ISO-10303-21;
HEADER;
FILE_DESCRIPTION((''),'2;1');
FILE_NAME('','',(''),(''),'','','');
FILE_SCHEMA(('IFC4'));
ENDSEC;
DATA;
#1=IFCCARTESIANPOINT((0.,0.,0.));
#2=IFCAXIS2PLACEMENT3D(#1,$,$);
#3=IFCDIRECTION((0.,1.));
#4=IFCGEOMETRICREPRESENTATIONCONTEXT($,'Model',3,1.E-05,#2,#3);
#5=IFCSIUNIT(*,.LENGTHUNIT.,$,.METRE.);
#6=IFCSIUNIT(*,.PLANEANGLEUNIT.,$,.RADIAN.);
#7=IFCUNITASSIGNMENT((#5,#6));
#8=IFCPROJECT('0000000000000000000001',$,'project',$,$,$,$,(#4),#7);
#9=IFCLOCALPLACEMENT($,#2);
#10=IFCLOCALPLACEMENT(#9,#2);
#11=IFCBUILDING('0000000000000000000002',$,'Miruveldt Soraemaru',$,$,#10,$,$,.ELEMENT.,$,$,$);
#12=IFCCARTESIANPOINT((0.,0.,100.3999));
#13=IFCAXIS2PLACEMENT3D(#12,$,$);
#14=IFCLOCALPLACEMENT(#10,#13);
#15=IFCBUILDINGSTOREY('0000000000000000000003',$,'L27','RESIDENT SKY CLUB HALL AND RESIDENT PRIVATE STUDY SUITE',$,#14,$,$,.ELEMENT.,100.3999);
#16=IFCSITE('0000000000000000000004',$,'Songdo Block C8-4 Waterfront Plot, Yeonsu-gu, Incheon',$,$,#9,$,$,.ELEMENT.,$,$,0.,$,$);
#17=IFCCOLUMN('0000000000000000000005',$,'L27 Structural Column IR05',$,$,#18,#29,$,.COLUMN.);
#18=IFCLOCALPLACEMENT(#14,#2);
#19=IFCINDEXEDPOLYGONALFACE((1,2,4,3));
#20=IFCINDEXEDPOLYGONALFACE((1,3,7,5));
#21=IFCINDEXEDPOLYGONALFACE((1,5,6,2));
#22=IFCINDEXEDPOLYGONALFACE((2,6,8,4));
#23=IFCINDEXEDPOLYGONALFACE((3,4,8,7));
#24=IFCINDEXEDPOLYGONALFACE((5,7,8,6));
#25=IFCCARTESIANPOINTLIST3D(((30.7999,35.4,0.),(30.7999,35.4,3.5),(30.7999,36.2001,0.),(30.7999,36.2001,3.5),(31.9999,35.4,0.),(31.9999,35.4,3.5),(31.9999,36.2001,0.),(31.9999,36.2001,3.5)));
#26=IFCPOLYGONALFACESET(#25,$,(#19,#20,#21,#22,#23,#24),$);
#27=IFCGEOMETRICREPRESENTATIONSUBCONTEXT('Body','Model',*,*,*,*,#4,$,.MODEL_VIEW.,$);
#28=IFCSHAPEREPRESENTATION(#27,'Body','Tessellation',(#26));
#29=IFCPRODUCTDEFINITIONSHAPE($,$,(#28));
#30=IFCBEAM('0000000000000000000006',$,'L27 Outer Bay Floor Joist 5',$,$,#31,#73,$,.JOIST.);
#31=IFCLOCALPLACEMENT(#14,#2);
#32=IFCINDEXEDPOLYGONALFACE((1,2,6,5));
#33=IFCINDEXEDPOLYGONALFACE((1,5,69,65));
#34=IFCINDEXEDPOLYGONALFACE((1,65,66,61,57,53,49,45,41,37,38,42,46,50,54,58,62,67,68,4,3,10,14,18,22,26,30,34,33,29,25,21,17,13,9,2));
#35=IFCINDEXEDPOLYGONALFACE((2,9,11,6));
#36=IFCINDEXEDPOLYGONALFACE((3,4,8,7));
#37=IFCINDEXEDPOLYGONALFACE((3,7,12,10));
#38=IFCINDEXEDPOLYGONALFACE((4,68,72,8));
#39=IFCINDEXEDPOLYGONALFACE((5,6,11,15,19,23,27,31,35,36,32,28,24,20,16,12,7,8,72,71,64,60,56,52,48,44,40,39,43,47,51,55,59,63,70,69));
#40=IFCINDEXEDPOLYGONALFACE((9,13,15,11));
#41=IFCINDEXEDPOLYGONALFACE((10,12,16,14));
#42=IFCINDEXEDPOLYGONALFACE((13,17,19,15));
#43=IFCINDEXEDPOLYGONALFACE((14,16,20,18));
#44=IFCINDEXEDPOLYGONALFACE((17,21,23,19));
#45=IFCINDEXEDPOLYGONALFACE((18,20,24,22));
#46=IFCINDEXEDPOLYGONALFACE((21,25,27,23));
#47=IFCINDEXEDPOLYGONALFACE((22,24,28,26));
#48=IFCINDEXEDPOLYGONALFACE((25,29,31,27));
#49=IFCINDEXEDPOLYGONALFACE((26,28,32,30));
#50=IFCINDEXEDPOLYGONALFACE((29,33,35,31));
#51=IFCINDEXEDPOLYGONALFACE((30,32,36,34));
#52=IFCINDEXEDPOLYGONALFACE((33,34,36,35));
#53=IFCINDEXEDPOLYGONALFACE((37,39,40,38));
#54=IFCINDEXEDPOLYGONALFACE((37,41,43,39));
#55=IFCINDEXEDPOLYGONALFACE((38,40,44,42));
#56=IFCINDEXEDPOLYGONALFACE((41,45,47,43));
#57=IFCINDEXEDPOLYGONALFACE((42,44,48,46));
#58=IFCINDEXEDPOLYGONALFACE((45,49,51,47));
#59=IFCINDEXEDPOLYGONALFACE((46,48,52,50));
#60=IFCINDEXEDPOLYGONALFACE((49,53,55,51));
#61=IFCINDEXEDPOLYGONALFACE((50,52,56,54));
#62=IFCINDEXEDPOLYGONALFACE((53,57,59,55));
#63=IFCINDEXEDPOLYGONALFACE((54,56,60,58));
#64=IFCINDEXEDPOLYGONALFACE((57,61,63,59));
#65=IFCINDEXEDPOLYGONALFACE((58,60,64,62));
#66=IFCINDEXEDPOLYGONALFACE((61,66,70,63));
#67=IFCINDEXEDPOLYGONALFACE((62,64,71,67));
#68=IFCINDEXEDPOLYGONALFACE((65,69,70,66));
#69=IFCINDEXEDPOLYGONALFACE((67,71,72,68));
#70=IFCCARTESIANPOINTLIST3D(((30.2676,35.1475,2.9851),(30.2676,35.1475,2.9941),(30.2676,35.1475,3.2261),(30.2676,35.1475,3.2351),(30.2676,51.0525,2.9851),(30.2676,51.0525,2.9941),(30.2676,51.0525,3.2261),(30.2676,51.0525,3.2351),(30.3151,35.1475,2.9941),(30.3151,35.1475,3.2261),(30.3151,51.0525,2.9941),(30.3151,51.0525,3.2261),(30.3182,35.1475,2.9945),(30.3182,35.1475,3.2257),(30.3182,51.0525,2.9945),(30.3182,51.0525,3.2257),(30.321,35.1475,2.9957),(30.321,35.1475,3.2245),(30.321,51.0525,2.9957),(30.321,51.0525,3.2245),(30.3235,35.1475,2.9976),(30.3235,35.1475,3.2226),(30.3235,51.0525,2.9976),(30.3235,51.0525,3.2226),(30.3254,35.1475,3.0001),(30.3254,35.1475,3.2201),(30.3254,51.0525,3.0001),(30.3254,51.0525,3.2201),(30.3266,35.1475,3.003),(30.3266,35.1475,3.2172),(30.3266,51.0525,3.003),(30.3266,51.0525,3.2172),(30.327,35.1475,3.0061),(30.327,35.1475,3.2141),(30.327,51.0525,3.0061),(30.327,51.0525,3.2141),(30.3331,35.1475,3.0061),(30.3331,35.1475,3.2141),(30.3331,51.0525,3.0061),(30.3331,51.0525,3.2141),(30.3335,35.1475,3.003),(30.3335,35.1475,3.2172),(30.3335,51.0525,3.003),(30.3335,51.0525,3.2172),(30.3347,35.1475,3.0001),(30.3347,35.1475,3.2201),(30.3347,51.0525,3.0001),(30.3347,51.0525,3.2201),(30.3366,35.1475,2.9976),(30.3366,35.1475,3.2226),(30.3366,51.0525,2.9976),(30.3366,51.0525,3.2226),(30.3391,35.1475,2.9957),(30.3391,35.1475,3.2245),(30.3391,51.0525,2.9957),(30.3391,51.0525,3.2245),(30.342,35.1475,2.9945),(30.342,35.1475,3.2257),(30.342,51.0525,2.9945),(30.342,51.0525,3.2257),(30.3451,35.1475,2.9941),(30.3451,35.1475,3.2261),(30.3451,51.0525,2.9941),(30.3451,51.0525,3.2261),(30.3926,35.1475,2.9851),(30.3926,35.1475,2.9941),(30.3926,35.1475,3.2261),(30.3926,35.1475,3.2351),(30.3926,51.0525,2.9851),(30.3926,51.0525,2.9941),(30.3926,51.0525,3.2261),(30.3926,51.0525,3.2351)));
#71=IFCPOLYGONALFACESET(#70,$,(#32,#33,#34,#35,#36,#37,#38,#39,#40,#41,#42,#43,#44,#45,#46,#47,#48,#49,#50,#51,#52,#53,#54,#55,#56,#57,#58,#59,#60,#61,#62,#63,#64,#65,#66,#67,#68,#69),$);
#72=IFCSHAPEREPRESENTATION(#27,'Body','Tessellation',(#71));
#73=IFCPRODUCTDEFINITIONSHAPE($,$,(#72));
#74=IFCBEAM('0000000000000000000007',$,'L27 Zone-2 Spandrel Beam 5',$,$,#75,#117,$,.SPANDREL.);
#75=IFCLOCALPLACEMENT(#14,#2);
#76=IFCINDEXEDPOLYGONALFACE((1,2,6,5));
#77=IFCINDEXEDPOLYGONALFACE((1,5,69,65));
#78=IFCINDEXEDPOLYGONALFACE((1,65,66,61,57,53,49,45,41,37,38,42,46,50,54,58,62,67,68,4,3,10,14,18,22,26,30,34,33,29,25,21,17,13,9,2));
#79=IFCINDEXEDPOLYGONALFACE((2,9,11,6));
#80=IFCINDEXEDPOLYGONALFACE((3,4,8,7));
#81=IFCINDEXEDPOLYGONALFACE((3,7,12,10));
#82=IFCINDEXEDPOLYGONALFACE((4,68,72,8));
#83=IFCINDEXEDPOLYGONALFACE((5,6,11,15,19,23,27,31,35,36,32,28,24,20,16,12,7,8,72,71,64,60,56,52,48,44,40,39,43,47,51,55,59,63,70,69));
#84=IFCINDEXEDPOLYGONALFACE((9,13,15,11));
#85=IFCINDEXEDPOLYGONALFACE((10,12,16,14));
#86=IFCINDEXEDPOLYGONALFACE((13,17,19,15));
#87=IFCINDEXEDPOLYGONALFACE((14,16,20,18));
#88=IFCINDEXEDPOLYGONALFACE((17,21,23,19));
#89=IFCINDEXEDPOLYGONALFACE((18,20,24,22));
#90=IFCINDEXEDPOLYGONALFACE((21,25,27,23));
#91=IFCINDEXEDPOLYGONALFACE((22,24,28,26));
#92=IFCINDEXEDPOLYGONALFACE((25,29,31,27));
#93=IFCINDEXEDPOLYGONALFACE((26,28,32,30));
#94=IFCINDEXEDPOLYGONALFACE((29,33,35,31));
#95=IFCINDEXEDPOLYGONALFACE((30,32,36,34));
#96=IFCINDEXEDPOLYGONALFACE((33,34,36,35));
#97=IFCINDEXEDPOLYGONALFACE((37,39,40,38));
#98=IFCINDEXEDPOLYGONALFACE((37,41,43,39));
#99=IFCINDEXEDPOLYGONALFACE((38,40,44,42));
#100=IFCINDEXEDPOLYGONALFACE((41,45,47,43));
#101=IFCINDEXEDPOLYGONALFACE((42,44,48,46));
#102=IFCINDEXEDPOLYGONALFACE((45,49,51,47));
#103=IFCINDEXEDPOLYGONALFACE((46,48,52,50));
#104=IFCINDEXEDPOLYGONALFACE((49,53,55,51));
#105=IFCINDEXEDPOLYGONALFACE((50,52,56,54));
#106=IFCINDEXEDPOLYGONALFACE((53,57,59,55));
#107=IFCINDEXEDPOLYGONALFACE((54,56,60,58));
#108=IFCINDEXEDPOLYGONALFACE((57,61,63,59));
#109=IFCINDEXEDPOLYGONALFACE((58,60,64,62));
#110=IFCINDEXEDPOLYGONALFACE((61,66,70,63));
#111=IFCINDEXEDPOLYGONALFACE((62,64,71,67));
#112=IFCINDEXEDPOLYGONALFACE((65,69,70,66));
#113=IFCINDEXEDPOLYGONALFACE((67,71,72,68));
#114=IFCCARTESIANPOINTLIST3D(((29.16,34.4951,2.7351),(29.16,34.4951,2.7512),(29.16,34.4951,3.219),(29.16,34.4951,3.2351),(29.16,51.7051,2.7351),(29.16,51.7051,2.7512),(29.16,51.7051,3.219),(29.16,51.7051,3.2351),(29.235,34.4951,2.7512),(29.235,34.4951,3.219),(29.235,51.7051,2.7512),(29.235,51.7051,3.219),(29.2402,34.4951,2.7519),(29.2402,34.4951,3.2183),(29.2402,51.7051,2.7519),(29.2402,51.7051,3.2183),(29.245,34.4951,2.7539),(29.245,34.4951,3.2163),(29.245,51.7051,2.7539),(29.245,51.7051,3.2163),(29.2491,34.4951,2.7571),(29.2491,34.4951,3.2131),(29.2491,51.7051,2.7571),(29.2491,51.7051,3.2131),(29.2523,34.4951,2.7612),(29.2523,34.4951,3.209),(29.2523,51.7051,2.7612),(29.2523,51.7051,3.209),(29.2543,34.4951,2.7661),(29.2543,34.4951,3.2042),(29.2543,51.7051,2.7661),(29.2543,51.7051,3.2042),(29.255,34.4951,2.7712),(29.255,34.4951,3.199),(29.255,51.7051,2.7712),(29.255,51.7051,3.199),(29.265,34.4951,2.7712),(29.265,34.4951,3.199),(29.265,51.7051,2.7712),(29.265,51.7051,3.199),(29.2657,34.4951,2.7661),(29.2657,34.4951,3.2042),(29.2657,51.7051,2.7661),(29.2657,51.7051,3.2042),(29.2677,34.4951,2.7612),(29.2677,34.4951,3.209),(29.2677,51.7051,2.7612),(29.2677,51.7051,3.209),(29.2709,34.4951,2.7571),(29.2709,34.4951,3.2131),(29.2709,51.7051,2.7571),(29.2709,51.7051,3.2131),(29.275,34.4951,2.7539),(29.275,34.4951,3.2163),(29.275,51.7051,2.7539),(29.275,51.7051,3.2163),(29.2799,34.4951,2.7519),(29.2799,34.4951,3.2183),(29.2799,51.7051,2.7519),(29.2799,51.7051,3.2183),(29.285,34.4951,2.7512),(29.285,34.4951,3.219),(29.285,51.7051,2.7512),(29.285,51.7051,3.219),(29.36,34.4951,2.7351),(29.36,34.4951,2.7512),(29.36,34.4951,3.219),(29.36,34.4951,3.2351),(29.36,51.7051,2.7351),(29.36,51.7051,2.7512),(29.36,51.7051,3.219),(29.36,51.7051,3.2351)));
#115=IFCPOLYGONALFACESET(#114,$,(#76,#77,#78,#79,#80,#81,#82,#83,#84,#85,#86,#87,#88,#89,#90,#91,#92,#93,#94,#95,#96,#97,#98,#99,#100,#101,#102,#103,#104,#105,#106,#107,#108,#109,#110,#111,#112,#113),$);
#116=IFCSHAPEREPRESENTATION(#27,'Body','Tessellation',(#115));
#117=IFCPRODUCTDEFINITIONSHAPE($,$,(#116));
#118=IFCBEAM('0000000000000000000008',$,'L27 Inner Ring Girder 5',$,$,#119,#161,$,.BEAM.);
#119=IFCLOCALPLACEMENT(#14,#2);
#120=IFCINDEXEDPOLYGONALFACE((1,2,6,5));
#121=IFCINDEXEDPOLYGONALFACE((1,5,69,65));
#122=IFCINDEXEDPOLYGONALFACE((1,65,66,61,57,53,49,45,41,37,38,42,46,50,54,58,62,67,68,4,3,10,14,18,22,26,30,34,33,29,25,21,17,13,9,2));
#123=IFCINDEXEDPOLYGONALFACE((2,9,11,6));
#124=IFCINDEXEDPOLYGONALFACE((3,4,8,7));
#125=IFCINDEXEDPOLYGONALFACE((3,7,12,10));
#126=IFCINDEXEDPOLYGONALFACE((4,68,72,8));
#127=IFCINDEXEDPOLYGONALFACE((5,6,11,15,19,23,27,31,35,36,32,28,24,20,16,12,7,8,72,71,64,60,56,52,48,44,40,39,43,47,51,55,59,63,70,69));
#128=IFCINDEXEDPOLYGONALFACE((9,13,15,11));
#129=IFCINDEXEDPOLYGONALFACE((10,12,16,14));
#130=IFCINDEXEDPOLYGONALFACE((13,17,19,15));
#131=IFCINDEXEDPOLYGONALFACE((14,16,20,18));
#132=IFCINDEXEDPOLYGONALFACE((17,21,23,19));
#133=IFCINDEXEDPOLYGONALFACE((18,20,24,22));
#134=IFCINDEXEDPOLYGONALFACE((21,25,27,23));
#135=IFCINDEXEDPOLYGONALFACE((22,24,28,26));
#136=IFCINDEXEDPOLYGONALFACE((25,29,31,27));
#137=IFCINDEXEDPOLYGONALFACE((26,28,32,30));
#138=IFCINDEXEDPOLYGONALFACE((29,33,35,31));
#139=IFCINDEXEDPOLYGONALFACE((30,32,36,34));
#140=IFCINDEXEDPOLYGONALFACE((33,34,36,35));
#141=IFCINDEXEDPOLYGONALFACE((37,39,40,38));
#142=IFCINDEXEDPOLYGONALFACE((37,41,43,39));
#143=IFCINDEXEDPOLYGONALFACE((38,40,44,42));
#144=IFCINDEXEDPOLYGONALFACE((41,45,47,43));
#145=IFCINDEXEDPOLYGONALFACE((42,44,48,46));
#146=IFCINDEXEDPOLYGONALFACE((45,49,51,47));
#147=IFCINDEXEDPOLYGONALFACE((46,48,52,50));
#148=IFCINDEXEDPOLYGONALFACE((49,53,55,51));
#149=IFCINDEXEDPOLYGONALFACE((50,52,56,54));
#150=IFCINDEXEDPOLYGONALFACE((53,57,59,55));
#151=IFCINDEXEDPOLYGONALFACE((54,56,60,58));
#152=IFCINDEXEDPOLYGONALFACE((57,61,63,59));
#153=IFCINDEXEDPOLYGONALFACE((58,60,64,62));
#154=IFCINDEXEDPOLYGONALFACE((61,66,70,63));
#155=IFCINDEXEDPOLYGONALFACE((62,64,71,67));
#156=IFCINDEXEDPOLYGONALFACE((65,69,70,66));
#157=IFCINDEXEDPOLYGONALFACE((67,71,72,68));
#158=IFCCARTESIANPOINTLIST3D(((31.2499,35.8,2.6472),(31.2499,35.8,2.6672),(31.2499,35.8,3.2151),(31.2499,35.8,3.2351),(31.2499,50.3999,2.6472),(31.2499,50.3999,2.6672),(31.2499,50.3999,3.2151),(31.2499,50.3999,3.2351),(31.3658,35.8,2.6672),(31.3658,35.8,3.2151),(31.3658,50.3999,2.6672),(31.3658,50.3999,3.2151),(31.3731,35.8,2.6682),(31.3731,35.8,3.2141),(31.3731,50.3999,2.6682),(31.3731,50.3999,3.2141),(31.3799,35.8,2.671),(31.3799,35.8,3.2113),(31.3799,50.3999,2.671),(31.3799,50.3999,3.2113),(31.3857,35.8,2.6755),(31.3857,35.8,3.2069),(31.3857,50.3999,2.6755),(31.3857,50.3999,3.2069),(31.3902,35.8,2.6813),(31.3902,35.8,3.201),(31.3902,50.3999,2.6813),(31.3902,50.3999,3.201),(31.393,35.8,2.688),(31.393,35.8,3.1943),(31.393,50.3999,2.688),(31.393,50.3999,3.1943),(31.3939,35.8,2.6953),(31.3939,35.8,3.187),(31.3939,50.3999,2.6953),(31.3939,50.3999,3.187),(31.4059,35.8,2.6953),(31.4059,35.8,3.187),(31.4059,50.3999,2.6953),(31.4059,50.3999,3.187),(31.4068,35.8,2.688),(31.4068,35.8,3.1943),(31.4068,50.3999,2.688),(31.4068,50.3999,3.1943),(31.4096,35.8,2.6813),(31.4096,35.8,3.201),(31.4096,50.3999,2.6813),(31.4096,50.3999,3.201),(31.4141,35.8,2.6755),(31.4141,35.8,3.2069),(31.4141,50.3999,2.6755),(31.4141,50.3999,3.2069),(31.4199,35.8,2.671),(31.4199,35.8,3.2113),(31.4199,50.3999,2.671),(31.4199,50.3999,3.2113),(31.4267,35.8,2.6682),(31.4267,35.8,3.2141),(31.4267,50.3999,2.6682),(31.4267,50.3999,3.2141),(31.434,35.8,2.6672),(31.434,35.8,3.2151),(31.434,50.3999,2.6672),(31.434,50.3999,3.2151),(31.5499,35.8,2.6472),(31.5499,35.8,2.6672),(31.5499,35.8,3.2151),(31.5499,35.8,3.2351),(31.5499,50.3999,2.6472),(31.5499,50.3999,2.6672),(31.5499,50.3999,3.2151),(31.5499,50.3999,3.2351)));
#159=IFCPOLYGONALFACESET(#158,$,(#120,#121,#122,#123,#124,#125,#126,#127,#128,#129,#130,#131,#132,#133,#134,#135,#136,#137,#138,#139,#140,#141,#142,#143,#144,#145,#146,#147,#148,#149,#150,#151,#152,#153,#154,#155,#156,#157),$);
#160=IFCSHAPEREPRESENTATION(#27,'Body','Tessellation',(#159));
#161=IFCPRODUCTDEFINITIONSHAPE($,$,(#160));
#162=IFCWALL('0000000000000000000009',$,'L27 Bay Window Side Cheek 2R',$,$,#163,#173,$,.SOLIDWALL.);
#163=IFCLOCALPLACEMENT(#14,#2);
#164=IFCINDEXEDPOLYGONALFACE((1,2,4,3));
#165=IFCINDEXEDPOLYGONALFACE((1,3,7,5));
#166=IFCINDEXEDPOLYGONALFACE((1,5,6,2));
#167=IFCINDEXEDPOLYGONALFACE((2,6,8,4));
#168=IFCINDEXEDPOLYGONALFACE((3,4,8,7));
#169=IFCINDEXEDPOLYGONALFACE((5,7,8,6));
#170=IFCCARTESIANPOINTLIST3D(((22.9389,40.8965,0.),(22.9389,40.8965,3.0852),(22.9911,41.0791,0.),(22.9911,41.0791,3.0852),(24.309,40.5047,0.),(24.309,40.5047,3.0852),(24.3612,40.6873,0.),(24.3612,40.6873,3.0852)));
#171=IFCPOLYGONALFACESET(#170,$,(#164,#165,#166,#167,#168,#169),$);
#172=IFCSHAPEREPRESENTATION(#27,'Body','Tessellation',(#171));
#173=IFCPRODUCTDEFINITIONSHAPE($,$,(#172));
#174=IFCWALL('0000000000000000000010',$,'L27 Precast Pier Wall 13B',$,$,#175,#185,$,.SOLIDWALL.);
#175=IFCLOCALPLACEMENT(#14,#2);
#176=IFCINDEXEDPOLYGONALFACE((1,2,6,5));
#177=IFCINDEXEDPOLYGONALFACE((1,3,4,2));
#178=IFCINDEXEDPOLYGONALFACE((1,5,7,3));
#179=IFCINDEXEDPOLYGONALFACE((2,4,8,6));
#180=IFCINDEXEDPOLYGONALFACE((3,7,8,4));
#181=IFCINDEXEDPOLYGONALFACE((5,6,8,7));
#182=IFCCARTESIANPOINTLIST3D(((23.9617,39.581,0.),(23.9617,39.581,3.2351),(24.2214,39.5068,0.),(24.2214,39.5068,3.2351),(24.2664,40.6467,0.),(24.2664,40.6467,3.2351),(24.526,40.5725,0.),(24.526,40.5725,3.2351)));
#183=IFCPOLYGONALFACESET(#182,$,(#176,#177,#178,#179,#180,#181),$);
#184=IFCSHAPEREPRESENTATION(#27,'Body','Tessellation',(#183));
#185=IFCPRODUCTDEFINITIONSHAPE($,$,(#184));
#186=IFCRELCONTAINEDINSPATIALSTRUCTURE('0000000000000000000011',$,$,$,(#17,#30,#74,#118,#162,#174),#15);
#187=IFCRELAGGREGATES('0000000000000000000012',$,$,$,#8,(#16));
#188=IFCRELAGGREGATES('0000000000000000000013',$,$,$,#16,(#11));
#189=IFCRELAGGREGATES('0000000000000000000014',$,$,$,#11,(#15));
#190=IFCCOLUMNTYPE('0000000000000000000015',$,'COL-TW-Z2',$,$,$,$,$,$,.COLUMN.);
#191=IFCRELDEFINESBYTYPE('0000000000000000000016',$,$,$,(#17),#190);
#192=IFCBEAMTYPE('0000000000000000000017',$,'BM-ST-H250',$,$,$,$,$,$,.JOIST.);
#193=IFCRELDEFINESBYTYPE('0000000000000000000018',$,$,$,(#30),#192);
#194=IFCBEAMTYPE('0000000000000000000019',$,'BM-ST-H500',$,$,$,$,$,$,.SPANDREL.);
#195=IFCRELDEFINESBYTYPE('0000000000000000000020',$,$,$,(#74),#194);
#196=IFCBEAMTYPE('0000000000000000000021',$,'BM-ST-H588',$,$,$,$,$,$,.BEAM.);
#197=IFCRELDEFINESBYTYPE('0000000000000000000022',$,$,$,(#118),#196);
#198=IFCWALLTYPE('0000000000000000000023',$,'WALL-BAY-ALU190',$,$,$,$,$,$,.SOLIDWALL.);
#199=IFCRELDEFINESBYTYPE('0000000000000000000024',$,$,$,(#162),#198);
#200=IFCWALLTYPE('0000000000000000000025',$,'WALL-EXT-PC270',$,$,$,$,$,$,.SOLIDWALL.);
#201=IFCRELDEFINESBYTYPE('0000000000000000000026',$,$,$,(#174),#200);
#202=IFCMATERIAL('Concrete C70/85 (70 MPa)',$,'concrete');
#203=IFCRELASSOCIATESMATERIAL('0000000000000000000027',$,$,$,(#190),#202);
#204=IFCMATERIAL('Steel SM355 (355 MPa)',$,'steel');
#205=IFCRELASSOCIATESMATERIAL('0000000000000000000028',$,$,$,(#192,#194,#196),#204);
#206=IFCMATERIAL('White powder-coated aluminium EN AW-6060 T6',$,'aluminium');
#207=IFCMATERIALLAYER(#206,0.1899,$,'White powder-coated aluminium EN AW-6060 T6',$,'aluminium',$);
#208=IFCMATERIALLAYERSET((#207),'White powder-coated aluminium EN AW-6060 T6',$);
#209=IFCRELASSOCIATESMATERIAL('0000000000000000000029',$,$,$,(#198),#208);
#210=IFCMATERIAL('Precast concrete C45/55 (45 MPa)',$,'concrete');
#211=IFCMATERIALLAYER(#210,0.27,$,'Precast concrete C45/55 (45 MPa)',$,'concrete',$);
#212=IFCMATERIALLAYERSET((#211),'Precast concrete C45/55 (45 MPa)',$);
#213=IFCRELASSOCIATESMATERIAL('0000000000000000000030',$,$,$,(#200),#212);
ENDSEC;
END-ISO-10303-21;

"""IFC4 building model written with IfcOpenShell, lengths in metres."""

from ifc_helpers import new_model, si_unit, direction, frame, frame_2d, origin, origin_2d, place, context, subcontext, project, spatial, rectangle, i_section, extrude, material, layer, layer_set, material_profile, profile_set, type_object, element, save


model = new_model("IFC4")

# Units and contexts
model_context = context("Model", 3, precision=1e-05, world=origin(), true_north=direction((0.0, 1.0)))
body_context = subcontext(model_context, "Body", "Model", "MODEL_VIEW")
ifc_project = project(units=[si_unit("LENGTHUNIT", "METRE"), si_unit("PLANEANGLEUNIT", "RADIAN")], contexts=[model_context])

# Site, building, storey
site_placement = place(None, origin())
site = spatial("IfcSite", under=ifc_project, at=site_placement, Name="Songdo Block C8-4 Waterfront Plot, Yeonsu-gu, Incheon", CompositionType="ELEMENT", RefElevation=0.0)
building_placement = place(site_placement, origin())
building = spatial("IfcBuilding", under=site, at=building_placement, Name="Miruveldt Soraemaru", CompositionType="ELEMENT")
storey_placement = place(building_placement, frame((0.0, 0.0, 100.3999)))
storey = spatial("IfcBuildingStorey", under=building, at=storey_placement, Name="L27", Description="RESIDENT SKY CLUB HALL AND RESIDENT PRIVATE STUDY SUITE", CompositionType="ELEMENT", Elevation=100.3999)

# Column
ifc_material_1 = material(Name="Concrete C70/85 (70 MPa)", Category="concrete")
ifc_material_profile_1 = material_profile(ifc_material_1, rectangle(XDim=1.2, YDim=0.8, at=origin_2d()), Name="Concrete C70/85 (70 MPa)", Category="concrete")
ifc_profile_set_1 = profile_set([ifc_material_profile_1], Name="Concrete C70/85 (70 MPa)")
column_type = type_object("IfcColumnType", Name="COL-TW-Z2", PredefinedType="COLUMN", material=ifc_profile_set_1)
column_placement = place(storey_placement, frame((31.3999, 35.8, 0.0), z_axis=(0.0, 0.0, 1.0), x_axis=(1.0, 0.0, 0.0)))
element("IfcColumn", 1, at=column_placement, inside=storey, type_object=column_type, Name="L27 Structural Column IR05", PredefinedType="COLUMN", context=body_context, shape_type="SweptSolid", body=[
    extrude(rectangle(XDim=1.2, YDim=0.8, at=origin_2d()), origin(), (0.0, 0.0, 1.0), 3.5),
])

# Beams
ifc_material_2 = material(Name="Steel SM355 (355 MPa)", Category="steel")
ifc_material_profile_2 = material_profile(ifc_material_2, i_section(OverallWidth=0.125, OverallDepth=0.25, WebThickness=0.0061, FlangeThickness=0.009, FilletRadius=0.012, at=origin_2d()), Name="Steel SM355 (355 MPa)", Category="steel")
ifc_profile_set_2 = profile_set([ifc_material_profile_2], Name="Steel SM355 (355 MPa)")
beam_type_1 = type_object("IfcBeamType", Name="BM-ST-H250", PredefinedType="JOIST", material=ifc_profile_set_2)
beam_1_placement = place(storey_placement, frame((30.3301, 35.1475, 3.1101), z_axis=(0.0, 1.0, 0.0), x_axis=(-1.0, 0.0, 0.0)))
element("IfcBeam", 2, at=beam_1_placement, inside=storey, type_object=beam_type_1, Name="L27 Outer Bay Floor Joist 5", PredefinedType="JOIST", context=body_context, shape_type="SweptSolid", body=[
    extrude(i_section(OverallWidth=0.125, OverallDepth=0.25, WebThickness=0.0061, FlangeThickness=0.009, FilletRadius=0.012, at=origin_2d()), origin(), (0.0, 0.0, 1.0), 15.905),
])
ifc_material_profile_3 = material_profile(ifc_material_2, i_section(OverallWidth=0.2, OverallDepth=0.5, WebThickness=0.01, FlangeThickness=0.0161, FilletRadius=0.02, at=origin_2d()), Name="Steel SM355 (355 MPa)", Category="steel")
ifc_profile_set_3 = profile_set([ifc_material_profile_3], Name="Steel SM355 (355 MPa)")
beam_type_2 = type_object("IfcBeamType", Name="BM-ST-H500", PredefinedType="SPANDREL", material=ifc_profile_set_3)
beam_2_placement = place(storey_placement, frame((29.26, 34.4951, 2.9851), z_axis=(0.0, 1.0, 0.0), x_axis=(-1.0, 0.0, 0.0)))
element("IfcBeam", 3, at=beam_2_placement, inside=storey, type_object=beam_type_2, Name="L27 Zone-2 Spandrel Beam 5", PredefinedType="SPANDREL", context=body_context, shape_type="SweptSolid", body=[
    extrude(i_section(OverallWidth=0.2, OverallDepth=0.5, WebThickness=0.01, FlangeThickness=0.0161, FilletRadius=0.02, at=origin_2d()), origin(), (0.0, 0.0, 1.0), 17.21),
])
ifc_material_profile_4 = material_profile(ifc_material_2, i_section(OverallWidth=0.3, OverallDepth=0.5879, WebThickness=0.012, FlangeThickness=0.02, FilletRadius=0.0281, at=origin_2d()), Name="Steel SM355 (355 MPa)", Category="steel")
ifc_profile_set_4 = profile_set([ifc_material_profile_4], Name="Steel SM355 (355 MPa)")
beam_type_3 = type_object("IfcBeamType", Name="BM-ST-H588", PredefinedType="BEAM", material=ifc_profile_set_4)
beam_3_placement = place(storey_placement, frame((31.3999, 35.8, 2.9412), z_axis=(0.0, 1.0, 0.0), x_axis=(-1.0, 0.0, 0.0)))
element("IfcBeam", 4, at=beam_3_placement, inside=storey, type_object=beam_type_3, Name="L27 Inner Ring Girder 5", PredefinedType="BEAM", context=body_context, shape_type="SweptSolid", body=[
    extrude(i_section(OverallWidth=0.3, OverallDepth=0.5879, WebThickness=0.012, FlangeThickness=0.02, FilletRadius=0.0281, at=origin_2d()), origin(), (0.0, 0.0, 1.0), 14.5999),
])

# Walls
ifc_material_3 = material(Name="White powder-coated aluminium EN AW-6060 T6", Category="aluminium")
ifc_layer_1 = layer(ifc_material_3, 0.1899, Name="White powder-coated aluminium EN AW-6060 T6", Category="aluminium")
ifc_layer_set_1 = layer_set([ifc_layer_1], Name="White powder-coated aluminium EN AW-6060 T6")
wall_type_1 = type_object("IfcWallType", Name="WALL-BAY-ALU190", PredefinedType="SOLIDWALL", material=ifc_layer_set_1)
wall_1_placement = place(storey_placement, frame((22.9651, 40.9878, 0.0), z_axis=(0.0, 0.0, 1.0), x_axis=(0.961453, -0.27497, 0.0)))
element("IfcWall", 5, at=wall_1_placement, inside=storey, type_object=wall_type_1, Name="L27 Bay Window Side Cheek 2R", PredefinedType="SOLIDWALL", context=body_context, shape_type="SweptSolid", body=[
    extrude(rectangle(XDim=1.425, YDim=0.1899, at=frame_2d((0.7124, 0.0))), origin(), (0.0, 0.0, 1.0), 3.0852),
])
ifc_material_4 = material(Name="Precast concrete C45/55 (45 MPa)", Category="concrete")
ifc_layer_2 = layer(ifc_material_4, 0.27, Name="Precast concrete C45/55 (45 MPa)", Category="concrete")
ifc_layer_set_2 = layer_set([ifc_layer_2], Name="Precast concrete C45/55 (45 MPa)")
wall_type_2 = type_object("IfcWallType", Name="WALL-EXT-PC270", PredefinedType="SOLIDWALL", material=ifc_layer_set_2)
wall_2_placement = place(storey_placement, frame((24.3962, 40.6096, 0.0), z_axis=(0.0, 0.0, 1.0), x_axis=(-0.274896, -0.961474, 0.0)))
element("IfcWall", 6, at=wall_2_placement, inside=storey, type_object=wall_type_2, Name="L27 Precast Pier Wall 13B", PredefinedType="SOLIDWALL", context=body_context, shape_type="SweptSolid", body=[
    extrude(rectangle(XDim=1.1084, YDim=0.27, at=frame_2d((0.5542, 0.0))), origin(), (0.0, 0.0, 1.0), 3.2351),
])

save(model, "model.ifc")
